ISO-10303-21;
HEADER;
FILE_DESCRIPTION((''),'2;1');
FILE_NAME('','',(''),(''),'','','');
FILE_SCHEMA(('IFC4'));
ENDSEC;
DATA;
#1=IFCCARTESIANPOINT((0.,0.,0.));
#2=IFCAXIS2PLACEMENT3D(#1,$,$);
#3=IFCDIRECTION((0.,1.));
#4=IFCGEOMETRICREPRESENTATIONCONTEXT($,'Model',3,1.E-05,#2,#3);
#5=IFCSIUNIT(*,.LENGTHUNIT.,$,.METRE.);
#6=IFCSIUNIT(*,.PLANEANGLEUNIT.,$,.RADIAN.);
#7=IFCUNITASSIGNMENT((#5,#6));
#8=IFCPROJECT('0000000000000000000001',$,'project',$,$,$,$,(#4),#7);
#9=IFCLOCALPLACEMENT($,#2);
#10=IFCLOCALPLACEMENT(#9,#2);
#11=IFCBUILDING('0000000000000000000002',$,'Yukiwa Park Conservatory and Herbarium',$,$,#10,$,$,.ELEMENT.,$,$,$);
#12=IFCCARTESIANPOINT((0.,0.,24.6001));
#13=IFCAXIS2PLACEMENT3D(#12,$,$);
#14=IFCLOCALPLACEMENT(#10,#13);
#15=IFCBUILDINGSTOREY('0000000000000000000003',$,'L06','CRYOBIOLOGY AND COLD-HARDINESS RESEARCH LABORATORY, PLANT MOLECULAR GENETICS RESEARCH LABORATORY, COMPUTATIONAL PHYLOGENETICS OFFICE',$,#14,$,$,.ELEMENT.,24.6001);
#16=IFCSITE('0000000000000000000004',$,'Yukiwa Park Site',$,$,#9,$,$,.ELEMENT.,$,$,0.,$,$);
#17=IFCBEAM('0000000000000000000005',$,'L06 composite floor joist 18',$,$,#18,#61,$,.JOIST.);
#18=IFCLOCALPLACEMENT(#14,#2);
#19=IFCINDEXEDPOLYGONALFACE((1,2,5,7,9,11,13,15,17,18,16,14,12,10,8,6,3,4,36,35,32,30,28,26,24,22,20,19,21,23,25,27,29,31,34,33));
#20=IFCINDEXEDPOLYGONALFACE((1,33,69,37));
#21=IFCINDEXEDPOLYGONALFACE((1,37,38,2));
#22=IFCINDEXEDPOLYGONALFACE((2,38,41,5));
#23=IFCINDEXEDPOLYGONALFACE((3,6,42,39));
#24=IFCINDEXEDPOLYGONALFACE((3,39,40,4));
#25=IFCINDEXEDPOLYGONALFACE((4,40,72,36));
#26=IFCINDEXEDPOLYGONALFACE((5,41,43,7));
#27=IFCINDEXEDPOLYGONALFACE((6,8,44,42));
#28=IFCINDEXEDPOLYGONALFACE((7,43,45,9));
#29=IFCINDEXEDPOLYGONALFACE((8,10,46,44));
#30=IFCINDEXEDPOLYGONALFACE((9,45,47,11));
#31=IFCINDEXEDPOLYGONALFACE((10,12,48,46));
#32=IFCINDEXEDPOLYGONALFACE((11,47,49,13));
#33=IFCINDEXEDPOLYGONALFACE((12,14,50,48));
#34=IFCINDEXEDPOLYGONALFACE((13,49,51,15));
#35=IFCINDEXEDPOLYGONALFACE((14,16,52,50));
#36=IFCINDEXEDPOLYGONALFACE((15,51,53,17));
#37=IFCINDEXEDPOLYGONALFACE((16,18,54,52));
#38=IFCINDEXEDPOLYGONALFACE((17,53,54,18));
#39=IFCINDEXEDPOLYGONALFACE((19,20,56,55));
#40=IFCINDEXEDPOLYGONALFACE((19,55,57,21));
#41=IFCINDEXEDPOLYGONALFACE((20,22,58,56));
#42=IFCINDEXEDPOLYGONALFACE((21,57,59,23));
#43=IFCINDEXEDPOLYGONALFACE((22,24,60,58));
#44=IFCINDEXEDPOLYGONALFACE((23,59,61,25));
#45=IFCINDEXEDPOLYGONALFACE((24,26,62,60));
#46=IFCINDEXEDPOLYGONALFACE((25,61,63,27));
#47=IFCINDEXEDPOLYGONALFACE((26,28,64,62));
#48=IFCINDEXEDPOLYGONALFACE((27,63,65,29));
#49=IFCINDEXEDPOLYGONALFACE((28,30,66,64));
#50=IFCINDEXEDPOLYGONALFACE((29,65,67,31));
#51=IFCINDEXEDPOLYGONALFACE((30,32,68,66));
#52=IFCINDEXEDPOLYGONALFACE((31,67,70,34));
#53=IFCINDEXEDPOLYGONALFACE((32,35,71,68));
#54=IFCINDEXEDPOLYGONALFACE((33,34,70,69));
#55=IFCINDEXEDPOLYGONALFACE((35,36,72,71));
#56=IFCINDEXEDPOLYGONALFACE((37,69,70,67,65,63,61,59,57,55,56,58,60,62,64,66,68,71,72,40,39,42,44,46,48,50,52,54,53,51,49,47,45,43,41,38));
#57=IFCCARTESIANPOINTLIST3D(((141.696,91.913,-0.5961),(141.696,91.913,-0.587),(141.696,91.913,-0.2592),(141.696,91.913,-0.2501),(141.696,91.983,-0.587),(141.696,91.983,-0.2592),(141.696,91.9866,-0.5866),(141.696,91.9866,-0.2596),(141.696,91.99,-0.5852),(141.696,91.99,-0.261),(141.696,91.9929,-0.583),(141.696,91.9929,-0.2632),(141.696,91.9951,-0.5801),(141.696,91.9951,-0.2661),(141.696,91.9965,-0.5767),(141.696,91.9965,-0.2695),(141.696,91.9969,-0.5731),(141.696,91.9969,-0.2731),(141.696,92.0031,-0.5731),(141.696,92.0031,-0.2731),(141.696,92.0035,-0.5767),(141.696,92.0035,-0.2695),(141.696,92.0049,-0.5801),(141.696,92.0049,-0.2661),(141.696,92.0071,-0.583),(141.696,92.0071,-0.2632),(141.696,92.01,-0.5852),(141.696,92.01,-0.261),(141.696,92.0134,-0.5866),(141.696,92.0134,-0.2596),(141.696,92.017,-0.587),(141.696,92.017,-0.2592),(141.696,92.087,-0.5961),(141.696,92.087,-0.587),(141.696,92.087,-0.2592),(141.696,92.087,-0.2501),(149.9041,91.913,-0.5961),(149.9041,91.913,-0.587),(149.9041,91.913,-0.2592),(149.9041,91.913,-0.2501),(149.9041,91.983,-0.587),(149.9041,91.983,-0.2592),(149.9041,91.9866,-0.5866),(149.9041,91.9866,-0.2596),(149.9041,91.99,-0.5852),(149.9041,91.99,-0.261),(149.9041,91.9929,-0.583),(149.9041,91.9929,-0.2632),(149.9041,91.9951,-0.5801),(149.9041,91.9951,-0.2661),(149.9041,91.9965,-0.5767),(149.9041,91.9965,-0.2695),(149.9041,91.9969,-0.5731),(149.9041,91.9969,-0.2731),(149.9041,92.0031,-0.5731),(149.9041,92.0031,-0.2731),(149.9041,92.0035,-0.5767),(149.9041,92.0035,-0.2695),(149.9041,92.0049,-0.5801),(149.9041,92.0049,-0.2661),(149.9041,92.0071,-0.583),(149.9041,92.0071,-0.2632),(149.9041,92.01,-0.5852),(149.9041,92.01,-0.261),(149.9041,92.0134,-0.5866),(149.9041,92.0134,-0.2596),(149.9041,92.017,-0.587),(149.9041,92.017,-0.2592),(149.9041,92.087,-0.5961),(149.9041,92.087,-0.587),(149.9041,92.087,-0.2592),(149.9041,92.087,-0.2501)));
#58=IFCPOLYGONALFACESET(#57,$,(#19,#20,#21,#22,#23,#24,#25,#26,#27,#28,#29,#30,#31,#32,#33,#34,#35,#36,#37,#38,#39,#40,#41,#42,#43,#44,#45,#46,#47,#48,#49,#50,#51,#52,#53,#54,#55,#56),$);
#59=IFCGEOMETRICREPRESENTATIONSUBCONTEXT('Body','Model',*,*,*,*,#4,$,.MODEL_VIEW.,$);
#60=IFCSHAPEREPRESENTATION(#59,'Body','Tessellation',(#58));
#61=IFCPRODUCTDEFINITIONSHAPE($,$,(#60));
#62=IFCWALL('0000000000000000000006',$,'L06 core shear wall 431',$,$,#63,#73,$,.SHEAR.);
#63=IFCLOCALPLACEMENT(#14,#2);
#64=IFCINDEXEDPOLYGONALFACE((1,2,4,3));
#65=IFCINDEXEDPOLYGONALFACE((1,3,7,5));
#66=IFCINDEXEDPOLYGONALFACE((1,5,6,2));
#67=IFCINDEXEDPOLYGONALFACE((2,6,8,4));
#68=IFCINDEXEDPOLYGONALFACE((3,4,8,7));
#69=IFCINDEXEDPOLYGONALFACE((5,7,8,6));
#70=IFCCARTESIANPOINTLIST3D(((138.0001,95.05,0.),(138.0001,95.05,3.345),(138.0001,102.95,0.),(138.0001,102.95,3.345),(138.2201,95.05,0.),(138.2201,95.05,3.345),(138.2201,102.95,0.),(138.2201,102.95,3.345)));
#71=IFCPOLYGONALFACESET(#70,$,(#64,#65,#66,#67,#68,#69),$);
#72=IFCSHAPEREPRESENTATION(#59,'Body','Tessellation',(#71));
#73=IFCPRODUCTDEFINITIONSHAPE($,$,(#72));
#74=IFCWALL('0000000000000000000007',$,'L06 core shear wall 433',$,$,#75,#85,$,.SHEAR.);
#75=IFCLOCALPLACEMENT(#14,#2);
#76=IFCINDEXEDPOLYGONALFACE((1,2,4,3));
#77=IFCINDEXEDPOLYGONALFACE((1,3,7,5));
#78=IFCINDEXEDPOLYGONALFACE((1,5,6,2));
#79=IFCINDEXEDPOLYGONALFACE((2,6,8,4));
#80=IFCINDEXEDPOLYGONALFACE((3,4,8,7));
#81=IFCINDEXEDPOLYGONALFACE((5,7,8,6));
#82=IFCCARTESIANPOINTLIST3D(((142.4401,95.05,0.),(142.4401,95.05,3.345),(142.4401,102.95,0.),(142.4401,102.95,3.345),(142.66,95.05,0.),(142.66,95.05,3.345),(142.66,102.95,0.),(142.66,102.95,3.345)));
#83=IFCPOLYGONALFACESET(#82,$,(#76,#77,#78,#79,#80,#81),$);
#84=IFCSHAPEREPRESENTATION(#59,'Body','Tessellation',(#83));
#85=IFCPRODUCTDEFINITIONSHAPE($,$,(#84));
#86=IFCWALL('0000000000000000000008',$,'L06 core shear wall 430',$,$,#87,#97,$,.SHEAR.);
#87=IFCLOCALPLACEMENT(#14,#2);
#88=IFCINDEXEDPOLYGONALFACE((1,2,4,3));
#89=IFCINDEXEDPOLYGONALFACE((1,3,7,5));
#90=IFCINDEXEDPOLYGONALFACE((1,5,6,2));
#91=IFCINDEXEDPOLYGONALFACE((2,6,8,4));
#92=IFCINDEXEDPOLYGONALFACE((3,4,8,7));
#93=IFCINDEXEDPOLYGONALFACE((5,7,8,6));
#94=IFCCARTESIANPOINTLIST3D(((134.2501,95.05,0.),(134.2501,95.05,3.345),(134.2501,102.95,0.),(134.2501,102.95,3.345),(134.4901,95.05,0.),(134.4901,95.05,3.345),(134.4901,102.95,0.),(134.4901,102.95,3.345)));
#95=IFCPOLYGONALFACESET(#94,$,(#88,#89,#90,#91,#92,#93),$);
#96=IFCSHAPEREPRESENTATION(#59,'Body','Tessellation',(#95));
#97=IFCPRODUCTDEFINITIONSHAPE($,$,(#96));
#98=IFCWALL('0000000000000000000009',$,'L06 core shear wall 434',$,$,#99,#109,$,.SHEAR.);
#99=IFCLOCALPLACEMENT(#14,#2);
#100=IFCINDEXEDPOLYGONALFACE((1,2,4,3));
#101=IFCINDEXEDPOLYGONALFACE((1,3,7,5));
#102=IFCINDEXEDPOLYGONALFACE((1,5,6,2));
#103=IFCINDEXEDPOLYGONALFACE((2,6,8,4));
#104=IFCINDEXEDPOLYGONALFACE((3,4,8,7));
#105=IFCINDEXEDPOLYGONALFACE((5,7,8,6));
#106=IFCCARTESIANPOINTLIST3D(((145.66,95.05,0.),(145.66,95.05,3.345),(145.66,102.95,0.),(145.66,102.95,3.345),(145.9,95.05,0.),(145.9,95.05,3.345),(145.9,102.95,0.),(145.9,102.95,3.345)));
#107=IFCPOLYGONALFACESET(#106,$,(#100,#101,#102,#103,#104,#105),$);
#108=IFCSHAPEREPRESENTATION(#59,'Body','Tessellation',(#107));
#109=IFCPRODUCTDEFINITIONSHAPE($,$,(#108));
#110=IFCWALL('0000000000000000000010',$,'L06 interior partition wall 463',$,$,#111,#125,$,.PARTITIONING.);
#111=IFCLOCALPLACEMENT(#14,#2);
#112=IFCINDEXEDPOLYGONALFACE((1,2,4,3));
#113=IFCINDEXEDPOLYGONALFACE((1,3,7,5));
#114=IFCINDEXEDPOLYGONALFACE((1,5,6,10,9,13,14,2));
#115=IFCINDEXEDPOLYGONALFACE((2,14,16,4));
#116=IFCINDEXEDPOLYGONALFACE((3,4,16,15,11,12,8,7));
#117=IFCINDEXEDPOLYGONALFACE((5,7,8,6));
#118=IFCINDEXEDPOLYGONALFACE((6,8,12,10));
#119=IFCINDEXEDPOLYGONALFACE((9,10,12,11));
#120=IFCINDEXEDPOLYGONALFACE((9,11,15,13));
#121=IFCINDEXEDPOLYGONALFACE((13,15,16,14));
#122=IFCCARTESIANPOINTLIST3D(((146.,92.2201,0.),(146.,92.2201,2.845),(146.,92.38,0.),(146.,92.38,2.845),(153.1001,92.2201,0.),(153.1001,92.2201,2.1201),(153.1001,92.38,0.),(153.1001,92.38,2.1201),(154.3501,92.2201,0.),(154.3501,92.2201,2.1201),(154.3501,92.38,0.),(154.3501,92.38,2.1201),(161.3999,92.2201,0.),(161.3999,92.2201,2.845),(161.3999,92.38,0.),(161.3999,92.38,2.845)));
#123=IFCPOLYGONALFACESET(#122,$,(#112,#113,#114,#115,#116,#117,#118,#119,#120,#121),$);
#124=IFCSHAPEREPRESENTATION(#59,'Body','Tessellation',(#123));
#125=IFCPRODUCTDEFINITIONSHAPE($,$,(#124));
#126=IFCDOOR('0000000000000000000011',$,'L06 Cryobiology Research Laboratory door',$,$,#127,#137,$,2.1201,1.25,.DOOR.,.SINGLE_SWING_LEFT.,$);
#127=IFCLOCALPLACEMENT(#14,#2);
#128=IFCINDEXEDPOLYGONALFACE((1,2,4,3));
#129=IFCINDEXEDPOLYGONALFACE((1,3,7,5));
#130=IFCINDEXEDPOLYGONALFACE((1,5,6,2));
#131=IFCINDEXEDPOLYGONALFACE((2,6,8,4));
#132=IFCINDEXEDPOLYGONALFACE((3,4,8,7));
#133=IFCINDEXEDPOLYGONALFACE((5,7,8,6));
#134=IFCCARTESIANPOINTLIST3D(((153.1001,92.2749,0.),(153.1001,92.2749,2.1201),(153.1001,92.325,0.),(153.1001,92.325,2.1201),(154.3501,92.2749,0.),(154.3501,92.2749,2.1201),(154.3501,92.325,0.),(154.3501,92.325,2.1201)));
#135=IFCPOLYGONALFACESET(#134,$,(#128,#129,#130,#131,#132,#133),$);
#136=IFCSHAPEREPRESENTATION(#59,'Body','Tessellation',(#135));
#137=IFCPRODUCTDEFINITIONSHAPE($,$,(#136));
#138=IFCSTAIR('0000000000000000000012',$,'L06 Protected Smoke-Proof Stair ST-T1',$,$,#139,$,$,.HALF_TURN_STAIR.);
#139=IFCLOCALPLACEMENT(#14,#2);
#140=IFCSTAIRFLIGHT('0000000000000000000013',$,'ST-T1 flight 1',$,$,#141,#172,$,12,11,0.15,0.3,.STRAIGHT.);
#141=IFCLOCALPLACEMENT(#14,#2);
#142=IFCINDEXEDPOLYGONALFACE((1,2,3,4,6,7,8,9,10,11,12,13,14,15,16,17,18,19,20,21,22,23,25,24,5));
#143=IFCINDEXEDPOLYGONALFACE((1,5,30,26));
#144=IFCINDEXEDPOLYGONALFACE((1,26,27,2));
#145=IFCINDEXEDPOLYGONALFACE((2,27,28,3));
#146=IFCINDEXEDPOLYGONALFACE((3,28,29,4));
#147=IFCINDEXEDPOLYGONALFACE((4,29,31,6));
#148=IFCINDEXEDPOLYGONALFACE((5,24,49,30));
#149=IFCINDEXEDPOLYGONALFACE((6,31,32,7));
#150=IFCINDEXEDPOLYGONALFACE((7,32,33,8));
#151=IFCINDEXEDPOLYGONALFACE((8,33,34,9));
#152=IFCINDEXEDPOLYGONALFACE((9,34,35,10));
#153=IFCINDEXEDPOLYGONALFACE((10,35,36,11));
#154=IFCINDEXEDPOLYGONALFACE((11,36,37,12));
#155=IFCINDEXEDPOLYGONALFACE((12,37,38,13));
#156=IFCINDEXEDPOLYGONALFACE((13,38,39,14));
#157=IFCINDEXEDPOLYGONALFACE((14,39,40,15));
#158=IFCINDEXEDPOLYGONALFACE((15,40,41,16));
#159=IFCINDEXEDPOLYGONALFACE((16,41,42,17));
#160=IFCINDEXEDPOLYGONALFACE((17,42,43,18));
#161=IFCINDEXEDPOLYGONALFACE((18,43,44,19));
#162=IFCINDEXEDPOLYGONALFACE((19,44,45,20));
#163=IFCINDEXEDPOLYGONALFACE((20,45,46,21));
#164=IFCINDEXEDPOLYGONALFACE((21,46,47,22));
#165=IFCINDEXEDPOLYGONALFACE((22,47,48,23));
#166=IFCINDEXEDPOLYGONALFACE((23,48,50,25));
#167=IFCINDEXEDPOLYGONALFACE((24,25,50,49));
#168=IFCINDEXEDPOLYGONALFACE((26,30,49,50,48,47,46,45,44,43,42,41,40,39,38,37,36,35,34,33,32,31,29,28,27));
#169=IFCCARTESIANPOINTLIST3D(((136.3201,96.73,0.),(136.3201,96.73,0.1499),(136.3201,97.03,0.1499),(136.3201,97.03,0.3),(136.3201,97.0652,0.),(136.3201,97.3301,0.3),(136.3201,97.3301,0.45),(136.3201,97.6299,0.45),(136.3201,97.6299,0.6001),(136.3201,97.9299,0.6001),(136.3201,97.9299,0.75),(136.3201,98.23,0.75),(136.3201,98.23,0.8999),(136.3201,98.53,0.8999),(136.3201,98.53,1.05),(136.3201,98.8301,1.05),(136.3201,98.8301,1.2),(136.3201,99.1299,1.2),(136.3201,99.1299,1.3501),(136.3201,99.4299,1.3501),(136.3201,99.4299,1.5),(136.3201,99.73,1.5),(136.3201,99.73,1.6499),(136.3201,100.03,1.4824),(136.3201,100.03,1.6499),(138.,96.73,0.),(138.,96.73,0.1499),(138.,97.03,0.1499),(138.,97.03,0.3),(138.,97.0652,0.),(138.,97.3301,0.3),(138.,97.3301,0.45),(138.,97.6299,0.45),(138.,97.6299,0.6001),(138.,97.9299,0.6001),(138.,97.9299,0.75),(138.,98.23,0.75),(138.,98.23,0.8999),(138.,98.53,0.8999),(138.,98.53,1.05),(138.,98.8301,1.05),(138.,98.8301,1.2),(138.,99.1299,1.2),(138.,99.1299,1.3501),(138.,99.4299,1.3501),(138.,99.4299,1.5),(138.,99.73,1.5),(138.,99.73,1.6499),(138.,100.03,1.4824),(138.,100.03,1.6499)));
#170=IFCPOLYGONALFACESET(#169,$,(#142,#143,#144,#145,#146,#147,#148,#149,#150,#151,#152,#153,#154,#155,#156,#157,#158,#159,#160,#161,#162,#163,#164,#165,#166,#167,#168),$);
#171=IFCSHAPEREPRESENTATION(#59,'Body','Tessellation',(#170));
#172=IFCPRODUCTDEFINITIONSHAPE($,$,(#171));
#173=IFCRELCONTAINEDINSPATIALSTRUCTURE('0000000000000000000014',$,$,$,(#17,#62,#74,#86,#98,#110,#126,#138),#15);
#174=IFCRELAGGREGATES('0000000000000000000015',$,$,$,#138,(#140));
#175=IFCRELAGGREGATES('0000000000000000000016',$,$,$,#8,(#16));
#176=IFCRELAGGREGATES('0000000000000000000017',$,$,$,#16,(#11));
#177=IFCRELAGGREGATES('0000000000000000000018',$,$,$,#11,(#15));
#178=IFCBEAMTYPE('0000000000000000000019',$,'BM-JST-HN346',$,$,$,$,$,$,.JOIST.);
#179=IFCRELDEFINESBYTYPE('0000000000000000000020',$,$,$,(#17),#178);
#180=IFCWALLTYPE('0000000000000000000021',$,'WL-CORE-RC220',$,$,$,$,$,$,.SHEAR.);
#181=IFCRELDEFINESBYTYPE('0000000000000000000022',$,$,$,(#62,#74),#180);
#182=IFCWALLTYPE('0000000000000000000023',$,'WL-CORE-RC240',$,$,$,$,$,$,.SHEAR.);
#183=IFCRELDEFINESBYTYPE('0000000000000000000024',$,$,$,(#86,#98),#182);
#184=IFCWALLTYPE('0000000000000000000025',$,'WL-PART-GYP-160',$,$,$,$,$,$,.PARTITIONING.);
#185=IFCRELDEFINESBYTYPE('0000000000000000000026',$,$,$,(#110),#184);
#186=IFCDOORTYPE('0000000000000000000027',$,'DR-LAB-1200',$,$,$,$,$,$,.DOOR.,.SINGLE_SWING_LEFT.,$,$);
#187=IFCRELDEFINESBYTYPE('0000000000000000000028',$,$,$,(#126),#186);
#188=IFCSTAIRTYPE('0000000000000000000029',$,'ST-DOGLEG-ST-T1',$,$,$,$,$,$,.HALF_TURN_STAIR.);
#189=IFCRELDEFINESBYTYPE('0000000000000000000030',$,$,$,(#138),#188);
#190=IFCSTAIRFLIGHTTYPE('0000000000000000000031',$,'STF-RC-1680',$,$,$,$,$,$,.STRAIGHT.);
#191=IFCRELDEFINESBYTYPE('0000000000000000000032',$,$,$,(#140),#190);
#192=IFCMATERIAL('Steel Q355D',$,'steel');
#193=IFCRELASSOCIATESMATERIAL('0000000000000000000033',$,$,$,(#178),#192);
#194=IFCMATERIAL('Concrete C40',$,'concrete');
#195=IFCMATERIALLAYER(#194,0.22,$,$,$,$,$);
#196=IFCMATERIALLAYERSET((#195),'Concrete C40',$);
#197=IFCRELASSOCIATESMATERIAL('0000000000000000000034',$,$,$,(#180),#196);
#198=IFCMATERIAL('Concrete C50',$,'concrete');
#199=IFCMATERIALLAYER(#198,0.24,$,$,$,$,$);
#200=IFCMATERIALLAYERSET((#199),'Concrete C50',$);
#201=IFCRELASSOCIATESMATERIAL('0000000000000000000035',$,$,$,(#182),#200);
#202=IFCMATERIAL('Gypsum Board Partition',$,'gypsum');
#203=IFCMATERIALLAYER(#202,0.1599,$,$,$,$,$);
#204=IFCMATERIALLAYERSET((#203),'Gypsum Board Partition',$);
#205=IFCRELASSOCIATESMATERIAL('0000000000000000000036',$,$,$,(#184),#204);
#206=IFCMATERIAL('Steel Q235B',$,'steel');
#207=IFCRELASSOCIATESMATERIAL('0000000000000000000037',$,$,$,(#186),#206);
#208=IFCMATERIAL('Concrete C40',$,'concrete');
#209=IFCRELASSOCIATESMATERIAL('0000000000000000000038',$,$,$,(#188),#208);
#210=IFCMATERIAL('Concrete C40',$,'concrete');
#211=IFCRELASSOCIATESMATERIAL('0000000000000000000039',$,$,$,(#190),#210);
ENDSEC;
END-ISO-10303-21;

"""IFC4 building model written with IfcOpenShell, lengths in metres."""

from ifc_helpers import new_model, si_unit, direction, frame, frame_2d, origin, origin_2d, place, context, subcontext, project, spatial, polyline, rectangle, i_section, outline, extrude, material, layer, layer_set, material_profile, profile_set, type_object, element, fill, aggregate, save


model = new_model("IFC4")

# Units and contexts
model_context = context("Model", 3, precision=1e-05, world=origin(), true_north=direction((0.0, 1.0)))
body_context = subcontext(model_context, "Body", "Model", "MODEL_VIEW")
ifc_project = project(units=[si_unit("LENGTHUNIT", "METRE"), si_unit("PLANEANGLEUNIT", "RADIAN")], contexts=[model_context])

# Site, building, storey
site_placement = place(None, origin())
site = spatial("IfcSite", under=ifc_project, at=site_placement, Name="Yukiwa Park Site", CompositionType="ELEMENT", RefElevation=0.0)
building_placement = place(site_placement, origin())
building = spatial("IfcBuilding", under=site, at=building_placement, Name="Yukiwa Park Conservatory and Herbarium", CompositionType="ELEMENT")
storey_placement = place(building_placement, frame((0.0, 0.0, 24.6001)))
storey = spatial("IfcBuildingStorey", under=building, at=storey_placement, Name="L06", Description="CRYOBIOLOGY AND COLD-HARDINESS RESEARCH LABORATORY, PLANT MOLECULAR GENETICS RESEARCH LABORATORY, COMPUTATIONAL PHYLOGENETICS OFFICE", CompositionType="ELEMENT", Elevation=24.6001)

# Beam
ifc_material_1 = material(Name="Steel Q355D", Category="steel")
ifc_material_profile_1 = material_profile(ifc_material_1, i_section(OverallWidth=0.1741, OverallDepth=0.3459, WebThickness=0.0061, FlangeThickness=0.009, FilletRadius=0.0139, at=origin_2d()), Name="HN 346x174x6x9")
ifc_profile_set_1 = profile_set([ifc_material_profile_1], Name="Steel Q355D")
beam_type_1 = type_object("IfcBeamType", Name="BM-JST-HN346", PredefinedType="JOIST", material=ifc_profile_set_1)
for number, where, z_axis, x_axis, name in (
    (1, (141.696, 92.0, -0.4231), (1.0, 0.0, 0.0), (0.0, 1.0, 0.0), "L06 composite floor joist 18"),
):
    element("IfcBeam", number, at=place(storey_placement, frame(where, z_axis=z_axis, x_axis=x_axis)), inside=storey, type_object=beam_type_1, Name=name, PredefinedType="JOIST", context=body_context, shape_type="SweptSolid", body=[
        extrude(i_section(OverallWidth=0.1741, OverallDepth=0.3459, WebThickness=0.0061, FlangeThickness=0.009, FilletRadius=0.0139, at=origin_2d()), origin(), (0.0, 0.0, 1.0), 8.208),
    ])

# Walls
ifc_material_2 = material(Name="Concrete C40", Category="concrete")
ifc_layer_1 = layer(ifc_material_2, 0.22)
ifc_layer_set_1 = layer_set([ifc_layer_1], Name="Concrete C40")
wall_type_1 = type_object("IfcWallType", Name="WL-CORE-RC220", PredefinedType="SHEAR", material=ifc_layer_set_1)
for number, where, z_axis, x_axis, name in (
    (2, (138.1101, 95.05, 0.0), (0.0, 0.0, 1.0), (0.0, 1.0, 0.0), "L06 core shear wall 431"),
    (3, (142.55, 95.05, 0.0), (0.0, 0.0, 1.0), (0.0, 1.0, 0.0), "L06 core shear wall 433"),
):
    element("IfcWall", number, at=place(storey_placement, frame(where, z_axis=z_axis, x_axis=x_axis)), inside=storey, type_object=wall_type_1, Name=name, PredefinedType="SHEAR", context=body_context, shape_type="SweptSolid", body=[
        extrude(rectangle(XDim=7.8999, YDim=0.22, at=frame_2d((3.95, 0.0))), origin(), (0.0, 0.0, 1.0), 3.345),
    ])

# Shared definitions
ifc_material_3 = material(Name="Concrete C50", Category="concrete")
ifc_layer_2 = layer(ifc_material_3, 0.24)
ifc_layer_set_2 = layer_set([ifc_layer_2], Name="Concrete C50")
wall_type_2 = type_object("IfcWallType", Name="WL-CORE-RC240", PredefinedType="SHEAR", material=ifc_layer_set_2)

# Walls
for number, where, z_axis, x_axis, name in (
    (4, (134.3701, 95.05, 0.0), (0.0, 0.0, 1.0), (0.0, 1.0, 0.0), "L06 core shear wall 430"),
    (5, (145.78, 95.05, 0.0), (0.0, 0.0, 1.0), (0.0, 1.0, 0.0), "L06 core shear wall 434"),
):
    element("IfcWall", number, at=place(storey_placement, frame(where, z_axis=z_axis, x_axis=x_axis)), inside=storey, type_object=wall_type_2, Name=name, PredefinedType="SHEAR", context=body_context, shape_type="SweptSolid", body=[
        extrude(rectangle(XDim=7.8999, YDim=0.24, at=frame_2d((3.95, 0.0))), origin(), (0.0, 0.0, 1.0), 3.345),
    ])

# Wall, opening, door
ifc_material_4 = material(Name="Gypsum Board Partition", Category="gypsum")
ifc_layer_3 = layer(ifc_material_4, 0.1599)
ifc_layer_set_3 = layer_set([ifc_layer_3], Name="Gypsum Board Partition")
wall_type_3 = type_object("IfcWallType", Name="WL-PART-GYP-160", PredefinedType="PARTITIONING", material=ifc_layer_set_3)
wall_1_placement = place(storey_placement, frame((146.0, 92.3, 0.0), z_axis=(0.0, 0.0, 1.0), x_axis=(1.0, 0.0, 0.0)))
wall_1 = element("IfcWall", 6, at=wall_1_placement, inside=storey, type_object=wall_type_3, Name="L06 interior partition wall 463", PredefinedType="PARTITIONING", context=body_context, shape_type="SweptSolid", body=[
    extrude(rectangle(XDim=15.3999, YDim=0.1599, at=frame_2d((7.7, 0.0))), origin(), (0.0, 0.0, 1.0), 2.845),
])
opening_1_placement = place(wall_1_placement, frame((7.1001, 0.0, 0.0)))
opening_1 = element("IfcOpeningElement", 7, at=opening_1_placement, cuts=wall_1, PredefinedType="OPENING", context=body_context, shape_type="SweptSolid", body=[
    extrude(rectangle(XDim=1.25, YDim=2.1201, at=frame_2d((0.625, 1.0601))), frame((0.0, 0.0898, 0.0), z_axis=(0.0, -1.0, 0.0), x_axis=(1.0, 0.0, 0.0)), (0.0, 0.0, 1.0), 0.1799),
])
ifc_material_5 = material(Name="Steel Q235B", Category="steel")
door_type_1 = type_object("IfcDoorType", Name="DR-LAB-1200", OperationType="SINGLE_SWING_LEFT", PredefinedType="DOOR", material=ifc_material_5)
door_1_placement = place(opening_1_placement, origin())
door_1 = element("IfcDoor", 8, at=door_1_placement, inside=storey, type_object=door_type_1, Name="L06 Cryobiology Research Laboratory door", OperationType="SINGLE_SWING_LEFT", OverallHeight=2.1201, OverallWidth=1.25, PredefinedType="DOOR", context=body_context, shape_type="SweptSolid", body=[
    extrude(rectangle(XDim=1.25, YDim=2.1201, at=frame_2d((0.625, 1.0601))), frame((0.0, 0.0249, 0.0), z_axis=(0.0, -1.0, 0.0), x_axis=(1.0, 0.0, 0.0)), (0.0, 0.0, 1.0), 0.05),
])
fill(opening_1, door_1)

# Stair, stair flight
ifc_material_6 = material(Name="Concrete C40", Category="concrete")
stair_type = type_object("IfcStairType", Name="ST-DOGLEG-ST-T1", PredefinedType="HALF_TURN_STAIR", material=ifc_material_6)
stair_placement = place(storey_placement, origin())
stair = element("IfcStair", 9, at=stair_placement, inside=storey, type_object=stair_type, Name="L06 Protected Smoke-Proof Stair ST-T1", PredefinedType="HALF_TURN_STAIR")
ifc_material_7 = material(Name="Concrete C40", Category="concrete")
stair_flight_type = type_object("IfcStairFlightType", Name="STF-RC-1680", PredefinedType="STRAIGHT", material=ifc_material_7)
stair_flight_placement = place(storey_placement, frame((137.1599, 96.73, 0.0), z_axis=(0.0, 0.0, 1.0), x_axis=(0.0, 1.0, 0.0)))
stair_flight = element("IfcStairFlight", 10, at=stair_flight_placement, type_object=stair_flight_type, Name="ST-T1 flight 1", NumberOfRisers=12, NumberOfTreads=11, PredefinedType="STRAIGHT", RiserHeight=0.15, TreadLength=0.3, context=body_context, shape_type="SweptSolid", body=[
    extrude(outline(polyline([(0.0, 0.0), (0.0, 0.1499), (0.3, 0.1499), (0.3, 0.3), (0.6001, 0.3), (0.6001, 0.45), (0.8999, 0.45), (0.8999, 0.6001), (1.2, 0.6001), (1.2, 0.75), (1.5, 0.75), (1.5, 0.8999), (1.8, 0.8999), (1.8, 1.05), (2.1001, 1.05), (2.1001, 1.2), (2.3999, 1.2), (2.3999, 1.3501), (2.7, 1.3501), (2.7, 1.5), (3.0, 1.5), (3.0, 1.6499), (3.3, 1.6499), (3.3, 1.8), (3.3, 1.4824), (0.3352, 0.0), (0.0, 0.0)])), frame((0.0, 0.8398, 0.0), z_axis=(0.0, -1.0, 0.0), x_axis=(1.0, 0.0, 0.0)), (0.0, 0.0, 1.0), 1.6799),
])
aggregate(stair, [stair_flight])

save(model, "model.ifc")
